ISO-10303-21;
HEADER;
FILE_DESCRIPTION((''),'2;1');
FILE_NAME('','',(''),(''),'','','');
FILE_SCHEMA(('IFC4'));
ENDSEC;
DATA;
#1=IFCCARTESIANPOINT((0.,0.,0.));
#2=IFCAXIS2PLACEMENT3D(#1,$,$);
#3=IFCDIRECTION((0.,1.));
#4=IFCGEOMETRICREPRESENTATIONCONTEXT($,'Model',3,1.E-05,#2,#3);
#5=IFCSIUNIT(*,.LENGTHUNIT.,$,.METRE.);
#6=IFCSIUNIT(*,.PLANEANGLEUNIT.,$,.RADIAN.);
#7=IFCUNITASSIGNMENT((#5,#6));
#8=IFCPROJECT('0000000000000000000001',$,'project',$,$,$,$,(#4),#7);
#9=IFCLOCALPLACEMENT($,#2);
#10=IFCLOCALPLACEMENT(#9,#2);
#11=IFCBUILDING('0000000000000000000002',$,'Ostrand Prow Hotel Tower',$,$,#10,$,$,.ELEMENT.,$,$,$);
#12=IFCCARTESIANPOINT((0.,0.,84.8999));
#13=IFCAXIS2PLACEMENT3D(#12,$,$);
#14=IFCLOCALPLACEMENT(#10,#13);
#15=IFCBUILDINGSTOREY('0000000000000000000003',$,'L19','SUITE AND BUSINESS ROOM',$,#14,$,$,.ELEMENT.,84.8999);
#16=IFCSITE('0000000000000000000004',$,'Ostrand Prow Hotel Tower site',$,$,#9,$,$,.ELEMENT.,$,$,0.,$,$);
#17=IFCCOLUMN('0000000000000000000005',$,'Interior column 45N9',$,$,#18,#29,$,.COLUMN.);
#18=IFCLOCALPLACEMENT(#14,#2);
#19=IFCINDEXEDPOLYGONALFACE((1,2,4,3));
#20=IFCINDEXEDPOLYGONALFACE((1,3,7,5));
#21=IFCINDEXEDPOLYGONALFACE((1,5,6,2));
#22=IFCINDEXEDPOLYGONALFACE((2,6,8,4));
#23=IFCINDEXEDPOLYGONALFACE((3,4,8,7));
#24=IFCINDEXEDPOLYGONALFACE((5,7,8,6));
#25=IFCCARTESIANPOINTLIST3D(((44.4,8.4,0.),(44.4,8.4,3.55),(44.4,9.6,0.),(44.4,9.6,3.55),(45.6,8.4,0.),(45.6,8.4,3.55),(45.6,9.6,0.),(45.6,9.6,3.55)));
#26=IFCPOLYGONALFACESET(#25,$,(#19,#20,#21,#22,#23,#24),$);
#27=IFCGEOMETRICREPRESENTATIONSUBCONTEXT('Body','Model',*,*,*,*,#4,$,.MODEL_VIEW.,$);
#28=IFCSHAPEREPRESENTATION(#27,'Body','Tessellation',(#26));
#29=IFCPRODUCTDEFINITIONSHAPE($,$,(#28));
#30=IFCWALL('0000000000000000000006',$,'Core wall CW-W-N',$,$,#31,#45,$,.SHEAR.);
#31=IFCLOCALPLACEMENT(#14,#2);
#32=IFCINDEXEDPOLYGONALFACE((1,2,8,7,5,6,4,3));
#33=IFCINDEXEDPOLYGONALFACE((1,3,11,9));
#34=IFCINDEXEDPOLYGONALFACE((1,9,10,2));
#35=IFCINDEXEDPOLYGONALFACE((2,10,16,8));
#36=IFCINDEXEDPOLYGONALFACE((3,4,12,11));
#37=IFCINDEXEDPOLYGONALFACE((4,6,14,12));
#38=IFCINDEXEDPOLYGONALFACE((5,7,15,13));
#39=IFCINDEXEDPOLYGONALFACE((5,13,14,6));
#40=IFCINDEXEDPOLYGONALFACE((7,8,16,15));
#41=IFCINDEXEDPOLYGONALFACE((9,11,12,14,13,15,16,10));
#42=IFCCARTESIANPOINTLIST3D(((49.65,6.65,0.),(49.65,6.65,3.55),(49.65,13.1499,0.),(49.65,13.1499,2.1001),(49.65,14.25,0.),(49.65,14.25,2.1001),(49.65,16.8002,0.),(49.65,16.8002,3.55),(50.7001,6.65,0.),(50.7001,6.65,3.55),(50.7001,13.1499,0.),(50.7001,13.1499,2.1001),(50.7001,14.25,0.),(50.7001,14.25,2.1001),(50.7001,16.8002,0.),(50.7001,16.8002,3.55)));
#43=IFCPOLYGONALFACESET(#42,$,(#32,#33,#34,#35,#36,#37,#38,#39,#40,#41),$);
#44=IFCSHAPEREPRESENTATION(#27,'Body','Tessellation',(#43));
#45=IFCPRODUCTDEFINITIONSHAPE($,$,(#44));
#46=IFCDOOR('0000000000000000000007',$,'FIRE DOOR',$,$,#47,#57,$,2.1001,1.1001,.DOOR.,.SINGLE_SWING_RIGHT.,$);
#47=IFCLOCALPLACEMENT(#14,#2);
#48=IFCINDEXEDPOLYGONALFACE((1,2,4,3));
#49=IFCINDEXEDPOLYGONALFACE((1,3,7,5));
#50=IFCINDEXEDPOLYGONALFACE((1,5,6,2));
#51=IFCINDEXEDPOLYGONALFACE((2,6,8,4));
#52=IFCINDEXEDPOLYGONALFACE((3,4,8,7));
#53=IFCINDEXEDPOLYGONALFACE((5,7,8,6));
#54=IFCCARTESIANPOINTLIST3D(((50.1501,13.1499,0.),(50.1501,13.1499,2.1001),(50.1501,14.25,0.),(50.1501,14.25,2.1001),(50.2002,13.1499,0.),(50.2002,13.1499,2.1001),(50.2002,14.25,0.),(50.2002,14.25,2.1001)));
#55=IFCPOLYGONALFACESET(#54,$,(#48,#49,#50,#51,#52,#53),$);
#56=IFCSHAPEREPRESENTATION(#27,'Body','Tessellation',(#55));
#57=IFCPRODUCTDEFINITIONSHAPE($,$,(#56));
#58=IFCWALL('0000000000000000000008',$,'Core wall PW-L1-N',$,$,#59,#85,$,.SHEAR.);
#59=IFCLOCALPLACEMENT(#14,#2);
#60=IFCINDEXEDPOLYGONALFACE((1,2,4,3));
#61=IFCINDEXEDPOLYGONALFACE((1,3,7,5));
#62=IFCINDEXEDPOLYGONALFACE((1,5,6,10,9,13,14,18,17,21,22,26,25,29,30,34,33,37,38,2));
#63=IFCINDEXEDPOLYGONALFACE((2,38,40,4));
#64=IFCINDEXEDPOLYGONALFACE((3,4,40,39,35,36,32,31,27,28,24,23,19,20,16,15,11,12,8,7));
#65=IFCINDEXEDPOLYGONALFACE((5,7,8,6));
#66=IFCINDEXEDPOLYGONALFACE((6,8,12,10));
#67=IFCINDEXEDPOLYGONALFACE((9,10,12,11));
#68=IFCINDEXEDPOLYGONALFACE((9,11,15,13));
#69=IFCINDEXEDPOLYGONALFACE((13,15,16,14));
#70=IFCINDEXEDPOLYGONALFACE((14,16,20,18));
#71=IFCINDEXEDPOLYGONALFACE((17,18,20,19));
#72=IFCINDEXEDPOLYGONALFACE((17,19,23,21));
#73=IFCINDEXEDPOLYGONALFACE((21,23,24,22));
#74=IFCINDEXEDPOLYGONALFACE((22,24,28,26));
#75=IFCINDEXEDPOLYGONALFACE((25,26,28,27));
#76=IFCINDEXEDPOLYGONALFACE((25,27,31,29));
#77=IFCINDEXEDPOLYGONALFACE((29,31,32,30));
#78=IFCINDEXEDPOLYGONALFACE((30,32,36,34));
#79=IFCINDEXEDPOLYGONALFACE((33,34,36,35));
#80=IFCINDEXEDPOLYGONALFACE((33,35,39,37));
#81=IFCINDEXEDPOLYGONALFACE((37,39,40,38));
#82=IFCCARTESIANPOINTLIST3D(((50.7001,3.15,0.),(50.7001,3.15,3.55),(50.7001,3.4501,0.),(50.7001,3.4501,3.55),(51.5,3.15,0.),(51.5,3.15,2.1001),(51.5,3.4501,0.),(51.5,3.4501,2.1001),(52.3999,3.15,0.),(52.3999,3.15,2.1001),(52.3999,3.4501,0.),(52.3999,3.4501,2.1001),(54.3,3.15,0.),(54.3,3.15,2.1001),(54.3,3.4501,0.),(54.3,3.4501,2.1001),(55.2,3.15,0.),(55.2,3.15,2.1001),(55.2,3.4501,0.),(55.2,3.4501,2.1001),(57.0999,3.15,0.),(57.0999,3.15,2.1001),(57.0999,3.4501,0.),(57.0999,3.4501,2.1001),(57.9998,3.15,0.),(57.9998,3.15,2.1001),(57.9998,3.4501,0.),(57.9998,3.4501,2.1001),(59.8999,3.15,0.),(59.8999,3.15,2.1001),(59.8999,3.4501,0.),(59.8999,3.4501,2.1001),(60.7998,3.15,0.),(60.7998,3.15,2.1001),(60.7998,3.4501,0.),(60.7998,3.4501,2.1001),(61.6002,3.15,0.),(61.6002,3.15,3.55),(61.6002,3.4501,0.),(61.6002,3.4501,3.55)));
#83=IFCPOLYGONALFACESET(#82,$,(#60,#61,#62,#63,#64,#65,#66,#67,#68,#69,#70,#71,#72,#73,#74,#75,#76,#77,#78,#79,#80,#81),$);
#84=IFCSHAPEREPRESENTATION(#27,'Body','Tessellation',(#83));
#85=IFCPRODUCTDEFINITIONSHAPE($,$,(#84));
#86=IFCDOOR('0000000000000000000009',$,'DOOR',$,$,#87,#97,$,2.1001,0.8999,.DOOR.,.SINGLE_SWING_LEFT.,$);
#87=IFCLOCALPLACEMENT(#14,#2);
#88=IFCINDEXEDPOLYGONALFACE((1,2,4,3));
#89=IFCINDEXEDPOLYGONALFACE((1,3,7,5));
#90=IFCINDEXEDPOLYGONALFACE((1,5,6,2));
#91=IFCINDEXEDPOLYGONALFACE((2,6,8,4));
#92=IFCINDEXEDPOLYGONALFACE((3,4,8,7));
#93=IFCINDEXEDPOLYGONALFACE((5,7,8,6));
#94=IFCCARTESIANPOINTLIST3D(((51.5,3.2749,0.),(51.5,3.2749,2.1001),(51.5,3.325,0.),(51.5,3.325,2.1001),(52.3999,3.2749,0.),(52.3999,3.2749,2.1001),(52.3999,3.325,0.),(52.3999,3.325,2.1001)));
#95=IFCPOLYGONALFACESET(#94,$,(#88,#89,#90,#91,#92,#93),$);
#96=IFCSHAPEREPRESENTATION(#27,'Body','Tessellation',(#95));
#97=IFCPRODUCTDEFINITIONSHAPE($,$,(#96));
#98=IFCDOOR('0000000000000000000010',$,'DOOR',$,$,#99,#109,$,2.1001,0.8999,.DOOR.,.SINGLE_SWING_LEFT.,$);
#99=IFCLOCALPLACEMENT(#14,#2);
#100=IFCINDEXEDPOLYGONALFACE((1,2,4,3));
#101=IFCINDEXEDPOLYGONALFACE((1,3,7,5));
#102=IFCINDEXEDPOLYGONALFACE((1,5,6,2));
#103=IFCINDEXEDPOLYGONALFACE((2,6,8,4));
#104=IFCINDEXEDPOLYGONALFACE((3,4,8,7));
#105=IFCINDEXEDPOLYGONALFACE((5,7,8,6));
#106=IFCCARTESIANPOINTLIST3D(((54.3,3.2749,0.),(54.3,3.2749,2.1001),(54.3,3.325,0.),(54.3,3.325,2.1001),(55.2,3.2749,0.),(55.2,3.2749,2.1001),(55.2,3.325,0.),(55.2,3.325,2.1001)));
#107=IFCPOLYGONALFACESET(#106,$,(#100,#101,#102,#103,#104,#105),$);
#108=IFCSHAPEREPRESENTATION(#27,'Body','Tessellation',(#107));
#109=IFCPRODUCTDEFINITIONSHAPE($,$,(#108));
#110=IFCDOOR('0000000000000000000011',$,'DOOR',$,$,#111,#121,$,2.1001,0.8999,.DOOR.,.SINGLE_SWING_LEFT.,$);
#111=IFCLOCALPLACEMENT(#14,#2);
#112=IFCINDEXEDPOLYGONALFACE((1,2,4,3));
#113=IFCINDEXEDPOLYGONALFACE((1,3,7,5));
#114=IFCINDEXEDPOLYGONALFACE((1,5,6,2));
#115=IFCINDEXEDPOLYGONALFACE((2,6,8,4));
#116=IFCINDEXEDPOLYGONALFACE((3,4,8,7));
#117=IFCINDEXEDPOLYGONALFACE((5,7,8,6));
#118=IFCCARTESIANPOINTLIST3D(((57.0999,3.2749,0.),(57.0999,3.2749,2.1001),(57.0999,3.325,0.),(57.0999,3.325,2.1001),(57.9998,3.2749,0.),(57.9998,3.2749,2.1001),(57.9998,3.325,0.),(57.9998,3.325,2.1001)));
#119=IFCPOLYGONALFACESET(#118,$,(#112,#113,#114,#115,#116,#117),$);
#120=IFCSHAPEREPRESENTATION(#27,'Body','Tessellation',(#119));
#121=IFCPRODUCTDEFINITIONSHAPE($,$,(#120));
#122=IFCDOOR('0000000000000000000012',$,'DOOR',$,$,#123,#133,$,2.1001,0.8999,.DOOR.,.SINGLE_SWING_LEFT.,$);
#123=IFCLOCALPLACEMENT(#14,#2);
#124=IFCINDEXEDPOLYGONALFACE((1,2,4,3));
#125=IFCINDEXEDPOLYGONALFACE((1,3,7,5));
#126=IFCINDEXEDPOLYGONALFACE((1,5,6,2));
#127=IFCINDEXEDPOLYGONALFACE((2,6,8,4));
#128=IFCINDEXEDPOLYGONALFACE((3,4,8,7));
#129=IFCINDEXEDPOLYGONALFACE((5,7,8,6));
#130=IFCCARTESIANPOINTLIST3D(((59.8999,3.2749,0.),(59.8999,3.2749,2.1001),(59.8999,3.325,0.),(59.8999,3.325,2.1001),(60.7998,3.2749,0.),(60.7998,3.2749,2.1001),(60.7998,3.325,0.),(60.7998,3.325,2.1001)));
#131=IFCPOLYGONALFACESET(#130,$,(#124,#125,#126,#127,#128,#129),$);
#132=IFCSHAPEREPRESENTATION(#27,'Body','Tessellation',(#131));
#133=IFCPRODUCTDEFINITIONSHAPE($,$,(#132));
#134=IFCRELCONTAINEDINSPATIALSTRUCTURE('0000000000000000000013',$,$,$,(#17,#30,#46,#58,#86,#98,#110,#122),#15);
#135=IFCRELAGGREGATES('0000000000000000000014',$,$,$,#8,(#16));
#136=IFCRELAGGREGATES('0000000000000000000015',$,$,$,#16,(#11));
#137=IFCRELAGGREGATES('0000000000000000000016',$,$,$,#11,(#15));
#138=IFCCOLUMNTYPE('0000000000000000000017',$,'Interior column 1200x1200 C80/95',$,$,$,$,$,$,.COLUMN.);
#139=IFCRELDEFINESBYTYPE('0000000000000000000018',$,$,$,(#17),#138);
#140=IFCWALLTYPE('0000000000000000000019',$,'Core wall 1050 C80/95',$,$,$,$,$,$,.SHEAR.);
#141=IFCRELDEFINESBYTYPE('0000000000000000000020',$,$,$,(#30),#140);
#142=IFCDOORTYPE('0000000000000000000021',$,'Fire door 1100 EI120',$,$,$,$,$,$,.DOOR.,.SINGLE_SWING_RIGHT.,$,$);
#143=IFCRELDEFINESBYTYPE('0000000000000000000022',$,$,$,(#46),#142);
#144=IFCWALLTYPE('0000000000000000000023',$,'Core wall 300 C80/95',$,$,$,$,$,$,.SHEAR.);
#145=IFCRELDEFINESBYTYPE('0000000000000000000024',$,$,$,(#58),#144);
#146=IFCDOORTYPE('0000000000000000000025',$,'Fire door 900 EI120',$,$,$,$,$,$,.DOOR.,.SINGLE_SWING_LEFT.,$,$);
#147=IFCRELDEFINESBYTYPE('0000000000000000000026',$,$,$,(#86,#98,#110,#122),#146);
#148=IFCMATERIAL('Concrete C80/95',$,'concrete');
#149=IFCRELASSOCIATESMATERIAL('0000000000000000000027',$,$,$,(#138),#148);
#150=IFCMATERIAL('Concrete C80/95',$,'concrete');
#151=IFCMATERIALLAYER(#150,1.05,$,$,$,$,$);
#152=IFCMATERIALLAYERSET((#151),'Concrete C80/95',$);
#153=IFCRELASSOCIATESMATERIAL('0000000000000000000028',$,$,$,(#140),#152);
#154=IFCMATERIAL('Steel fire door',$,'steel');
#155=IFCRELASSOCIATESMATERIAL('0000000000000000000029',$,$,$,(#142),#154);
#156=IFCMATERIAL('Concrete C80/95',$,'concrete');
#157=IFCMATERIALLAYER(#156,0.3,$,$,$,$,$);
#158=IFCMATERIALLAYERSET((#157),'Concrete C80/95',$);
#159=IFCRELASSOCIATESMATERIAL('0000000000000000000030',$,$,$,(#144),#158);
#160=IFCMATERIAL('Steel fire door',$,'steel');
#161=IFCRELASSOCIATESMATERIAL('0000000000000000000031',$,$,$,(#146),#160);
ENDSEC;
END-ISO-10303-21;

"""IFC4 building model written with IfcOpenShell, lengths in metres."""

from ifc_helpers import new_model, si_unit, direction, frame, frame_2d, origin, origin_2d, place, context, subcontext, project, spatial, rectangle, extrude, material, layer, layer_set, material_profile, profile_set, type_object, element, fill, save


model = new_model("IFC4")

# Units and contexts
model_context = context("Model", 3, precision=1e-05, world=origin(), true_north=direction((0.0, 1.0)))
body_context = subcontext(model_context, "Body", "Model", "MODEL_VIEW")
ifc_project = project(units=[si_unit("LENGTHUNIT", "METRE"), si_unit("PLANEANGLEUNIT", "RADIAN")], contexts=[model_context])

# Site, building, storey
site_placement = place(None, origin())
site = spatial("IfcSite", under=ifc_project, at=site_placement, Name="Ostrand Prow Hotel Tower site", CompositionType="ELEMENT", RefElevation=0.0)
building_placement = place(site_placement, origin())
building = spatial("IfcBuilding", under=site, at=building_placement, Name="Ostrand Prow Hotel Tower", CompositionType="ELEMENT")
storey_placement = place(building_placement, frame((0.0, 0.0, 84.8999)))
storey = spatial("IfcBuildingStorey", under=building, at=storey_placement, Name="L19", Description="SUITE AND BUSINESS ROOM", CompositionType="ELEMENT", Elevation=84.8999)

# Column
ifc_material_1 = material(Name="Concrete C80/95", Category="concrete")
ifc_material_profile = material_profile(ifc_material_1, rectangle(XDim=1.2, YDim=1.2, at=origin_2d()), Name="RC 1200x1200")
ifc_profile_set = profile_set([ifc_material_profile], Name="Concrete C80/95")
column_type = type_object("IfcColumnType", Name="Interior column 1200x1200 C80/95", PredefinedType="COLUMN", material=ifc_profile_set)
column_placement = place(storey_placement, frame((45.0, 9.0, 0.0), z_axis=(0.0, 0.0, 1.0), x_axis=(1.0, 0.0, 0.0)))
element("IfcColumn", 1, at=column_placement, inside=storey, type_object=column_type, Name="Interior column 45N9", PredefinedType="COLUMN", context=body_context, shape_type="SweptSolid", body=[
    extrude(rectangle(XDim=1.2, YDim=1.2, at=origin_2d()), origin(), (0.0, 0.0, 1.0), 3.55),
])

# Wall, opening, door
ifc_material_2 = material(Name="Concrete C80/95", Category="concrete")
ifc_layer_1 = layer(ifc_material_2, 1.05)
ifc_layer_set_1 = layer_set([ifc_layer_1], Name="Concrete C80/95")
wall_type_1 = type_object("IfcWallType", Name="Core wall 1050 C80/95", PredefinedType="SHEAR", material=ifc_layer_set_1)
wall_1_placement = place(storey_placement, frame((50.175, 6.6499, 0.0), z_axis=(0.0, 0.0, 1.0), x_axis=(0.0, 1.0, 0.0)))
wall_1 = element("IfcWall", 2, at=wall_1_placement, inside=storey, type_object=wall_type_1, Name="Core wall CW-W-N", PredefinedType="SHEAR", context=body_context, shape_type="SweptSolid", body=[
    extrude(rectangle(XDim=10.1501, YDim=1.05, at=frame_2d((5.0752, 0.0))), origin(), (0.0, 0.0, 1.0), 3.55),
])
opening_1_placement = place(wall_1_placement, frame((6.5, 0.0, 0.0)))
opening_1 = element("IfcOpeningElement", 3, at=opening_1_placement, cuts=wall_1, PredefinedType="OPENING", context=body_context, shape_type="SweptSolid", body=[
    extrude(rectangle(XDim=1.1001, YDim=2.1001, at=frame_2d((0.55, 1.05))), frame((0.0, 0.5349, 0.0), z_axis=(0.0, -1.0, 0.0), x_axis=(1.0, 0.0, 0.0)), (0.0, 0.0, 1.0), 1.0701),
])
ifc_material_3 = material(Name="Steel fire door", Category="steel")
door_type_1 = type_object("IfcDoorType", Name="Fire door 1100 EI120", OperationType="SINGLE_SWING_RIGHT", PredefinedType="DOOR", material=ifc_material_3)
door_1_placement = place(opening_1_placement, origin())
door_1 = element("IfcDoor", 4, at=door_1_placement, inside=storey, type_object=door_type_1, Name="FIRE DOOR", OperationType="SINGLE_SWING_RIGHT", OverallHeight=2.1001, OverallWidth=1.1001, PredefinedType="DOOR", context=body_context, shape_type="SweptSolid", body=[
    extrude(rectangle(XDim=1.1001, YDim=2.1001, at=frame_2d((0.55, 1.05))), frame((0.0, 0.0249, 0.0), z_axis=(0.0, -1.0, 0.0), x_axis=(1.0, 0.0, 0.0)), (0.0, 0.0, 1.0), 0.05),
])
fill(opening_1, door_1)

# Wall, openings, doors
ifc_material_4 = material(Name="Concrete C80/95", Category="concrete")
ifc_layer_2 = layer(ifc_material_4, 0.3)
ifc_layer_set_2 = layer_set([ifc_layer_2], Name="Concrete C80/95")
wall_type_2 = type_object("IfcWallType", Name="Core wall 300 C80/95", PredefinedType="SHEAR", material=ifc_layer_set_2)
wall_2_placement = place(storey_placement, frame((50.7, 3.3, 0.0), z_axis=(0.0, 0.0, 1.0), x_axis=(1.0, 0.0, 0.0)))
wall_2 = element("IfcWall", 5, at=wall_2_placement, inside=storey, type_object=wall_type_2, Name="Core wall PW-L1-N", PredefinedType="SHEAR", context=body_context, shape_type="SweptSolid", body=[
    extrude(rectangle(XDim=10.9001, YDim=0.3, at=frame_2d((5.4502, 0.0))), origin(), (0.0, 0.0, 1.0), 3.55),
])
opening_2_placement = place(wall_2_placement, frame((0.8, 0.0, 0.0)))
opening_2 = element("IfcOpeningElement", 6, at=opening_2_placement, cuts=wall_2, PredefinedType="OPENING", context=body_context, shape_type="SweptSolid", body=[
    extrude(rectangle(XDim=0.8999, YDim=2.1001, at=frame_2d((0.45, 1.05))), frame((0.0, 0.1599, 0.0), z_axis=(0.0, -1.0, 0.0), x_axis=(1.0, 0.0, 0.0)), (0.0, 0.0, 1.0), 0.3201),
])
opening_3_placement = place(wall_2_placement, frame((3.6001, 0.0, 0.0)))
opening_3 = element("IfcOpeningElement", 7, at=opening_3_placement, cuts=wall_2, PredefinedType="OPENING", context=body_context, shape_type="SweptSolid", body=[
    extrude(rectangle(XDim=0.8999, YDim=2.1001, at=frame_2d((0.45, 1.05))), frame((0.0, 0.1599, 0.0), z_axis=(0.0, -1.0, 0.0), x_axis=(1.0, 0.0, 0.0)), (0.0, 0.0, 1.0), 0.3201),
])
opening_4_placement = place(wall_2_placement, frame((6.3999, 0.0, 0.0)))
opening_4 = element("IfcOpeningElement", 8, at=opening_4_placement, cuts=wall_2, PredefinedType="OPENING", context=body_context, shape_type="SweptSolid", body=[
    extrude(rectangle(XDim=0.8999, YDim=2.1001, at=frame_2d((0.45, 1.05))), frame((0.0, 0.1599, 0.0), z_axis=(0.0, -1.0, 0.0), x_axis=(1.0, 0.0, 0.0)), (0.0, 0.0, 1.0), 0.3201),
])
opening_5_placement = place(wall_2_placement, frame((9.2, 0.0, 0.0)))
opening_5 = element("IfcOpeningElement", 9, at=opening_5_placement, cuts=wall_2, PredefinedType="OPENING", context=body_context, shape_type="SweptSolid", body=[
    extrude(rectangle(XDim=0.8999, YDim=2.1001, at=frame_2d((0.45, 1.05))), frame((0.0, 0.1599, 0.0), z_axis=(0.0, -1.0, 0.0), x_axis=(1.0, 0.0, 0.0)), (0.0, 0.0, 1.0), 0.3201),
])
ifc_material_5 = material(Name="Steel fire door", Category="steel")
door_type_2 = type_object("IfcDoorType", Name="Fire door 900 EI120", OperationType="SINGLE_SWING_LEFT", PredefinedType="DOOR", material=ifc_material_5)
door_2_placement = place(opening_2_placement, origin())
door_2 = element("IfcDoor", 10, at=door_2_placement, inside=storey, type_object=door_type_2, Name="DOOR", OperationType="SINGLE_SWING_LEFT", OverallHeight=2.1001, OverallWidth=0.8999, PredefinedType="DOOR", context=body_context, shape_type="SweptSolid", body=[
    extrude(rectangle(XDim=0.8999, YDim=2.1001, at=frame_2d((0.45, 1.05))), frame((0.0, 0.0249, 0.0), z_axis=(0.0, -1.0, 0.0), x_axis=(1.0, 0.0, 0.0)), (0.0, 0.0, 1.0), 0.05),
])
fill(opening_2, door_2)
door_3_placement = place(opening_3_placement, origin())
door_3 = element("IfcDoor", 11, at=door_3_placement, inside=storey, type_object=door_type_2, Name="DOOR", OperationType="SINGLE_SWING_LEFT", OverallHeight=2.1001, OverallWidth=0.8999, PredefinedType="DOOR", context=body_context, shape_type="SweptSolid", body=[
    extrude(rectangle(XDim=0.8999, YDim=2.1001, at=frame_2d((0.45, 1.05))), frame((0.0, 0.0249, 0.0), z_axis=(0.0, -1.0, 0.0), x_axis=(1.0, 0.0, 0.0)), (0.0, 0.0, 1.0), 0.05),
])
fill(opening_3, door_3)
door_4_placement = place(opening_4_placement, origin())
door_4 = element("IfcDoor", 12, at=door_4_placement, inside=storey, type_object=door_type_2, Name="DOOR", OperationType="SINGLE_SWING_LEFT", OverallHeight=2.1001, OverallWidth=0.8999, PredefinedType="DOOR", context=body_context, shape_type="SweptSolid", body=[
    extrude(rectangle(XDim=0.8999, YDim=2.1001, at=frame_2d((0.45, 1.05))), frame((0.0, 0.0249, 0.0), z_axis=(0.0, -1.0, 0.0), x_axis=(1.0, 0.0, 0.0)), (0.0, 0.0, 1.0), 0.05),
])
fill(opening_4, door_4)
door_5_placement = place(opening_5_placement, origin())
door_5 = element("IfcDoor", 13, at=door_5_placement, inside=storey, type_object=door_type_2, Name="DOOR", OperationType="SINGLE_SWING_LEFT", OverallHeight=2.1001, OverallWidth=0.8999, PredefinedType="DOOR", context=body_context, shape_type="SweptSolid", body=[
    extrude(rectangle(XDim=0.8999, YDim=2.1001, at=frame_2d((0.45, 1.05))), frame((0.0, 0.0249, 0.0), z_axis=(0.0, -1.0, 0.0), x_axis=(1.0, 0.0, 0.0)), (0.0, 0.0, 1.0), 0.05),
])
fill(opening_5, door_5)

save(model, "model.ifc")
